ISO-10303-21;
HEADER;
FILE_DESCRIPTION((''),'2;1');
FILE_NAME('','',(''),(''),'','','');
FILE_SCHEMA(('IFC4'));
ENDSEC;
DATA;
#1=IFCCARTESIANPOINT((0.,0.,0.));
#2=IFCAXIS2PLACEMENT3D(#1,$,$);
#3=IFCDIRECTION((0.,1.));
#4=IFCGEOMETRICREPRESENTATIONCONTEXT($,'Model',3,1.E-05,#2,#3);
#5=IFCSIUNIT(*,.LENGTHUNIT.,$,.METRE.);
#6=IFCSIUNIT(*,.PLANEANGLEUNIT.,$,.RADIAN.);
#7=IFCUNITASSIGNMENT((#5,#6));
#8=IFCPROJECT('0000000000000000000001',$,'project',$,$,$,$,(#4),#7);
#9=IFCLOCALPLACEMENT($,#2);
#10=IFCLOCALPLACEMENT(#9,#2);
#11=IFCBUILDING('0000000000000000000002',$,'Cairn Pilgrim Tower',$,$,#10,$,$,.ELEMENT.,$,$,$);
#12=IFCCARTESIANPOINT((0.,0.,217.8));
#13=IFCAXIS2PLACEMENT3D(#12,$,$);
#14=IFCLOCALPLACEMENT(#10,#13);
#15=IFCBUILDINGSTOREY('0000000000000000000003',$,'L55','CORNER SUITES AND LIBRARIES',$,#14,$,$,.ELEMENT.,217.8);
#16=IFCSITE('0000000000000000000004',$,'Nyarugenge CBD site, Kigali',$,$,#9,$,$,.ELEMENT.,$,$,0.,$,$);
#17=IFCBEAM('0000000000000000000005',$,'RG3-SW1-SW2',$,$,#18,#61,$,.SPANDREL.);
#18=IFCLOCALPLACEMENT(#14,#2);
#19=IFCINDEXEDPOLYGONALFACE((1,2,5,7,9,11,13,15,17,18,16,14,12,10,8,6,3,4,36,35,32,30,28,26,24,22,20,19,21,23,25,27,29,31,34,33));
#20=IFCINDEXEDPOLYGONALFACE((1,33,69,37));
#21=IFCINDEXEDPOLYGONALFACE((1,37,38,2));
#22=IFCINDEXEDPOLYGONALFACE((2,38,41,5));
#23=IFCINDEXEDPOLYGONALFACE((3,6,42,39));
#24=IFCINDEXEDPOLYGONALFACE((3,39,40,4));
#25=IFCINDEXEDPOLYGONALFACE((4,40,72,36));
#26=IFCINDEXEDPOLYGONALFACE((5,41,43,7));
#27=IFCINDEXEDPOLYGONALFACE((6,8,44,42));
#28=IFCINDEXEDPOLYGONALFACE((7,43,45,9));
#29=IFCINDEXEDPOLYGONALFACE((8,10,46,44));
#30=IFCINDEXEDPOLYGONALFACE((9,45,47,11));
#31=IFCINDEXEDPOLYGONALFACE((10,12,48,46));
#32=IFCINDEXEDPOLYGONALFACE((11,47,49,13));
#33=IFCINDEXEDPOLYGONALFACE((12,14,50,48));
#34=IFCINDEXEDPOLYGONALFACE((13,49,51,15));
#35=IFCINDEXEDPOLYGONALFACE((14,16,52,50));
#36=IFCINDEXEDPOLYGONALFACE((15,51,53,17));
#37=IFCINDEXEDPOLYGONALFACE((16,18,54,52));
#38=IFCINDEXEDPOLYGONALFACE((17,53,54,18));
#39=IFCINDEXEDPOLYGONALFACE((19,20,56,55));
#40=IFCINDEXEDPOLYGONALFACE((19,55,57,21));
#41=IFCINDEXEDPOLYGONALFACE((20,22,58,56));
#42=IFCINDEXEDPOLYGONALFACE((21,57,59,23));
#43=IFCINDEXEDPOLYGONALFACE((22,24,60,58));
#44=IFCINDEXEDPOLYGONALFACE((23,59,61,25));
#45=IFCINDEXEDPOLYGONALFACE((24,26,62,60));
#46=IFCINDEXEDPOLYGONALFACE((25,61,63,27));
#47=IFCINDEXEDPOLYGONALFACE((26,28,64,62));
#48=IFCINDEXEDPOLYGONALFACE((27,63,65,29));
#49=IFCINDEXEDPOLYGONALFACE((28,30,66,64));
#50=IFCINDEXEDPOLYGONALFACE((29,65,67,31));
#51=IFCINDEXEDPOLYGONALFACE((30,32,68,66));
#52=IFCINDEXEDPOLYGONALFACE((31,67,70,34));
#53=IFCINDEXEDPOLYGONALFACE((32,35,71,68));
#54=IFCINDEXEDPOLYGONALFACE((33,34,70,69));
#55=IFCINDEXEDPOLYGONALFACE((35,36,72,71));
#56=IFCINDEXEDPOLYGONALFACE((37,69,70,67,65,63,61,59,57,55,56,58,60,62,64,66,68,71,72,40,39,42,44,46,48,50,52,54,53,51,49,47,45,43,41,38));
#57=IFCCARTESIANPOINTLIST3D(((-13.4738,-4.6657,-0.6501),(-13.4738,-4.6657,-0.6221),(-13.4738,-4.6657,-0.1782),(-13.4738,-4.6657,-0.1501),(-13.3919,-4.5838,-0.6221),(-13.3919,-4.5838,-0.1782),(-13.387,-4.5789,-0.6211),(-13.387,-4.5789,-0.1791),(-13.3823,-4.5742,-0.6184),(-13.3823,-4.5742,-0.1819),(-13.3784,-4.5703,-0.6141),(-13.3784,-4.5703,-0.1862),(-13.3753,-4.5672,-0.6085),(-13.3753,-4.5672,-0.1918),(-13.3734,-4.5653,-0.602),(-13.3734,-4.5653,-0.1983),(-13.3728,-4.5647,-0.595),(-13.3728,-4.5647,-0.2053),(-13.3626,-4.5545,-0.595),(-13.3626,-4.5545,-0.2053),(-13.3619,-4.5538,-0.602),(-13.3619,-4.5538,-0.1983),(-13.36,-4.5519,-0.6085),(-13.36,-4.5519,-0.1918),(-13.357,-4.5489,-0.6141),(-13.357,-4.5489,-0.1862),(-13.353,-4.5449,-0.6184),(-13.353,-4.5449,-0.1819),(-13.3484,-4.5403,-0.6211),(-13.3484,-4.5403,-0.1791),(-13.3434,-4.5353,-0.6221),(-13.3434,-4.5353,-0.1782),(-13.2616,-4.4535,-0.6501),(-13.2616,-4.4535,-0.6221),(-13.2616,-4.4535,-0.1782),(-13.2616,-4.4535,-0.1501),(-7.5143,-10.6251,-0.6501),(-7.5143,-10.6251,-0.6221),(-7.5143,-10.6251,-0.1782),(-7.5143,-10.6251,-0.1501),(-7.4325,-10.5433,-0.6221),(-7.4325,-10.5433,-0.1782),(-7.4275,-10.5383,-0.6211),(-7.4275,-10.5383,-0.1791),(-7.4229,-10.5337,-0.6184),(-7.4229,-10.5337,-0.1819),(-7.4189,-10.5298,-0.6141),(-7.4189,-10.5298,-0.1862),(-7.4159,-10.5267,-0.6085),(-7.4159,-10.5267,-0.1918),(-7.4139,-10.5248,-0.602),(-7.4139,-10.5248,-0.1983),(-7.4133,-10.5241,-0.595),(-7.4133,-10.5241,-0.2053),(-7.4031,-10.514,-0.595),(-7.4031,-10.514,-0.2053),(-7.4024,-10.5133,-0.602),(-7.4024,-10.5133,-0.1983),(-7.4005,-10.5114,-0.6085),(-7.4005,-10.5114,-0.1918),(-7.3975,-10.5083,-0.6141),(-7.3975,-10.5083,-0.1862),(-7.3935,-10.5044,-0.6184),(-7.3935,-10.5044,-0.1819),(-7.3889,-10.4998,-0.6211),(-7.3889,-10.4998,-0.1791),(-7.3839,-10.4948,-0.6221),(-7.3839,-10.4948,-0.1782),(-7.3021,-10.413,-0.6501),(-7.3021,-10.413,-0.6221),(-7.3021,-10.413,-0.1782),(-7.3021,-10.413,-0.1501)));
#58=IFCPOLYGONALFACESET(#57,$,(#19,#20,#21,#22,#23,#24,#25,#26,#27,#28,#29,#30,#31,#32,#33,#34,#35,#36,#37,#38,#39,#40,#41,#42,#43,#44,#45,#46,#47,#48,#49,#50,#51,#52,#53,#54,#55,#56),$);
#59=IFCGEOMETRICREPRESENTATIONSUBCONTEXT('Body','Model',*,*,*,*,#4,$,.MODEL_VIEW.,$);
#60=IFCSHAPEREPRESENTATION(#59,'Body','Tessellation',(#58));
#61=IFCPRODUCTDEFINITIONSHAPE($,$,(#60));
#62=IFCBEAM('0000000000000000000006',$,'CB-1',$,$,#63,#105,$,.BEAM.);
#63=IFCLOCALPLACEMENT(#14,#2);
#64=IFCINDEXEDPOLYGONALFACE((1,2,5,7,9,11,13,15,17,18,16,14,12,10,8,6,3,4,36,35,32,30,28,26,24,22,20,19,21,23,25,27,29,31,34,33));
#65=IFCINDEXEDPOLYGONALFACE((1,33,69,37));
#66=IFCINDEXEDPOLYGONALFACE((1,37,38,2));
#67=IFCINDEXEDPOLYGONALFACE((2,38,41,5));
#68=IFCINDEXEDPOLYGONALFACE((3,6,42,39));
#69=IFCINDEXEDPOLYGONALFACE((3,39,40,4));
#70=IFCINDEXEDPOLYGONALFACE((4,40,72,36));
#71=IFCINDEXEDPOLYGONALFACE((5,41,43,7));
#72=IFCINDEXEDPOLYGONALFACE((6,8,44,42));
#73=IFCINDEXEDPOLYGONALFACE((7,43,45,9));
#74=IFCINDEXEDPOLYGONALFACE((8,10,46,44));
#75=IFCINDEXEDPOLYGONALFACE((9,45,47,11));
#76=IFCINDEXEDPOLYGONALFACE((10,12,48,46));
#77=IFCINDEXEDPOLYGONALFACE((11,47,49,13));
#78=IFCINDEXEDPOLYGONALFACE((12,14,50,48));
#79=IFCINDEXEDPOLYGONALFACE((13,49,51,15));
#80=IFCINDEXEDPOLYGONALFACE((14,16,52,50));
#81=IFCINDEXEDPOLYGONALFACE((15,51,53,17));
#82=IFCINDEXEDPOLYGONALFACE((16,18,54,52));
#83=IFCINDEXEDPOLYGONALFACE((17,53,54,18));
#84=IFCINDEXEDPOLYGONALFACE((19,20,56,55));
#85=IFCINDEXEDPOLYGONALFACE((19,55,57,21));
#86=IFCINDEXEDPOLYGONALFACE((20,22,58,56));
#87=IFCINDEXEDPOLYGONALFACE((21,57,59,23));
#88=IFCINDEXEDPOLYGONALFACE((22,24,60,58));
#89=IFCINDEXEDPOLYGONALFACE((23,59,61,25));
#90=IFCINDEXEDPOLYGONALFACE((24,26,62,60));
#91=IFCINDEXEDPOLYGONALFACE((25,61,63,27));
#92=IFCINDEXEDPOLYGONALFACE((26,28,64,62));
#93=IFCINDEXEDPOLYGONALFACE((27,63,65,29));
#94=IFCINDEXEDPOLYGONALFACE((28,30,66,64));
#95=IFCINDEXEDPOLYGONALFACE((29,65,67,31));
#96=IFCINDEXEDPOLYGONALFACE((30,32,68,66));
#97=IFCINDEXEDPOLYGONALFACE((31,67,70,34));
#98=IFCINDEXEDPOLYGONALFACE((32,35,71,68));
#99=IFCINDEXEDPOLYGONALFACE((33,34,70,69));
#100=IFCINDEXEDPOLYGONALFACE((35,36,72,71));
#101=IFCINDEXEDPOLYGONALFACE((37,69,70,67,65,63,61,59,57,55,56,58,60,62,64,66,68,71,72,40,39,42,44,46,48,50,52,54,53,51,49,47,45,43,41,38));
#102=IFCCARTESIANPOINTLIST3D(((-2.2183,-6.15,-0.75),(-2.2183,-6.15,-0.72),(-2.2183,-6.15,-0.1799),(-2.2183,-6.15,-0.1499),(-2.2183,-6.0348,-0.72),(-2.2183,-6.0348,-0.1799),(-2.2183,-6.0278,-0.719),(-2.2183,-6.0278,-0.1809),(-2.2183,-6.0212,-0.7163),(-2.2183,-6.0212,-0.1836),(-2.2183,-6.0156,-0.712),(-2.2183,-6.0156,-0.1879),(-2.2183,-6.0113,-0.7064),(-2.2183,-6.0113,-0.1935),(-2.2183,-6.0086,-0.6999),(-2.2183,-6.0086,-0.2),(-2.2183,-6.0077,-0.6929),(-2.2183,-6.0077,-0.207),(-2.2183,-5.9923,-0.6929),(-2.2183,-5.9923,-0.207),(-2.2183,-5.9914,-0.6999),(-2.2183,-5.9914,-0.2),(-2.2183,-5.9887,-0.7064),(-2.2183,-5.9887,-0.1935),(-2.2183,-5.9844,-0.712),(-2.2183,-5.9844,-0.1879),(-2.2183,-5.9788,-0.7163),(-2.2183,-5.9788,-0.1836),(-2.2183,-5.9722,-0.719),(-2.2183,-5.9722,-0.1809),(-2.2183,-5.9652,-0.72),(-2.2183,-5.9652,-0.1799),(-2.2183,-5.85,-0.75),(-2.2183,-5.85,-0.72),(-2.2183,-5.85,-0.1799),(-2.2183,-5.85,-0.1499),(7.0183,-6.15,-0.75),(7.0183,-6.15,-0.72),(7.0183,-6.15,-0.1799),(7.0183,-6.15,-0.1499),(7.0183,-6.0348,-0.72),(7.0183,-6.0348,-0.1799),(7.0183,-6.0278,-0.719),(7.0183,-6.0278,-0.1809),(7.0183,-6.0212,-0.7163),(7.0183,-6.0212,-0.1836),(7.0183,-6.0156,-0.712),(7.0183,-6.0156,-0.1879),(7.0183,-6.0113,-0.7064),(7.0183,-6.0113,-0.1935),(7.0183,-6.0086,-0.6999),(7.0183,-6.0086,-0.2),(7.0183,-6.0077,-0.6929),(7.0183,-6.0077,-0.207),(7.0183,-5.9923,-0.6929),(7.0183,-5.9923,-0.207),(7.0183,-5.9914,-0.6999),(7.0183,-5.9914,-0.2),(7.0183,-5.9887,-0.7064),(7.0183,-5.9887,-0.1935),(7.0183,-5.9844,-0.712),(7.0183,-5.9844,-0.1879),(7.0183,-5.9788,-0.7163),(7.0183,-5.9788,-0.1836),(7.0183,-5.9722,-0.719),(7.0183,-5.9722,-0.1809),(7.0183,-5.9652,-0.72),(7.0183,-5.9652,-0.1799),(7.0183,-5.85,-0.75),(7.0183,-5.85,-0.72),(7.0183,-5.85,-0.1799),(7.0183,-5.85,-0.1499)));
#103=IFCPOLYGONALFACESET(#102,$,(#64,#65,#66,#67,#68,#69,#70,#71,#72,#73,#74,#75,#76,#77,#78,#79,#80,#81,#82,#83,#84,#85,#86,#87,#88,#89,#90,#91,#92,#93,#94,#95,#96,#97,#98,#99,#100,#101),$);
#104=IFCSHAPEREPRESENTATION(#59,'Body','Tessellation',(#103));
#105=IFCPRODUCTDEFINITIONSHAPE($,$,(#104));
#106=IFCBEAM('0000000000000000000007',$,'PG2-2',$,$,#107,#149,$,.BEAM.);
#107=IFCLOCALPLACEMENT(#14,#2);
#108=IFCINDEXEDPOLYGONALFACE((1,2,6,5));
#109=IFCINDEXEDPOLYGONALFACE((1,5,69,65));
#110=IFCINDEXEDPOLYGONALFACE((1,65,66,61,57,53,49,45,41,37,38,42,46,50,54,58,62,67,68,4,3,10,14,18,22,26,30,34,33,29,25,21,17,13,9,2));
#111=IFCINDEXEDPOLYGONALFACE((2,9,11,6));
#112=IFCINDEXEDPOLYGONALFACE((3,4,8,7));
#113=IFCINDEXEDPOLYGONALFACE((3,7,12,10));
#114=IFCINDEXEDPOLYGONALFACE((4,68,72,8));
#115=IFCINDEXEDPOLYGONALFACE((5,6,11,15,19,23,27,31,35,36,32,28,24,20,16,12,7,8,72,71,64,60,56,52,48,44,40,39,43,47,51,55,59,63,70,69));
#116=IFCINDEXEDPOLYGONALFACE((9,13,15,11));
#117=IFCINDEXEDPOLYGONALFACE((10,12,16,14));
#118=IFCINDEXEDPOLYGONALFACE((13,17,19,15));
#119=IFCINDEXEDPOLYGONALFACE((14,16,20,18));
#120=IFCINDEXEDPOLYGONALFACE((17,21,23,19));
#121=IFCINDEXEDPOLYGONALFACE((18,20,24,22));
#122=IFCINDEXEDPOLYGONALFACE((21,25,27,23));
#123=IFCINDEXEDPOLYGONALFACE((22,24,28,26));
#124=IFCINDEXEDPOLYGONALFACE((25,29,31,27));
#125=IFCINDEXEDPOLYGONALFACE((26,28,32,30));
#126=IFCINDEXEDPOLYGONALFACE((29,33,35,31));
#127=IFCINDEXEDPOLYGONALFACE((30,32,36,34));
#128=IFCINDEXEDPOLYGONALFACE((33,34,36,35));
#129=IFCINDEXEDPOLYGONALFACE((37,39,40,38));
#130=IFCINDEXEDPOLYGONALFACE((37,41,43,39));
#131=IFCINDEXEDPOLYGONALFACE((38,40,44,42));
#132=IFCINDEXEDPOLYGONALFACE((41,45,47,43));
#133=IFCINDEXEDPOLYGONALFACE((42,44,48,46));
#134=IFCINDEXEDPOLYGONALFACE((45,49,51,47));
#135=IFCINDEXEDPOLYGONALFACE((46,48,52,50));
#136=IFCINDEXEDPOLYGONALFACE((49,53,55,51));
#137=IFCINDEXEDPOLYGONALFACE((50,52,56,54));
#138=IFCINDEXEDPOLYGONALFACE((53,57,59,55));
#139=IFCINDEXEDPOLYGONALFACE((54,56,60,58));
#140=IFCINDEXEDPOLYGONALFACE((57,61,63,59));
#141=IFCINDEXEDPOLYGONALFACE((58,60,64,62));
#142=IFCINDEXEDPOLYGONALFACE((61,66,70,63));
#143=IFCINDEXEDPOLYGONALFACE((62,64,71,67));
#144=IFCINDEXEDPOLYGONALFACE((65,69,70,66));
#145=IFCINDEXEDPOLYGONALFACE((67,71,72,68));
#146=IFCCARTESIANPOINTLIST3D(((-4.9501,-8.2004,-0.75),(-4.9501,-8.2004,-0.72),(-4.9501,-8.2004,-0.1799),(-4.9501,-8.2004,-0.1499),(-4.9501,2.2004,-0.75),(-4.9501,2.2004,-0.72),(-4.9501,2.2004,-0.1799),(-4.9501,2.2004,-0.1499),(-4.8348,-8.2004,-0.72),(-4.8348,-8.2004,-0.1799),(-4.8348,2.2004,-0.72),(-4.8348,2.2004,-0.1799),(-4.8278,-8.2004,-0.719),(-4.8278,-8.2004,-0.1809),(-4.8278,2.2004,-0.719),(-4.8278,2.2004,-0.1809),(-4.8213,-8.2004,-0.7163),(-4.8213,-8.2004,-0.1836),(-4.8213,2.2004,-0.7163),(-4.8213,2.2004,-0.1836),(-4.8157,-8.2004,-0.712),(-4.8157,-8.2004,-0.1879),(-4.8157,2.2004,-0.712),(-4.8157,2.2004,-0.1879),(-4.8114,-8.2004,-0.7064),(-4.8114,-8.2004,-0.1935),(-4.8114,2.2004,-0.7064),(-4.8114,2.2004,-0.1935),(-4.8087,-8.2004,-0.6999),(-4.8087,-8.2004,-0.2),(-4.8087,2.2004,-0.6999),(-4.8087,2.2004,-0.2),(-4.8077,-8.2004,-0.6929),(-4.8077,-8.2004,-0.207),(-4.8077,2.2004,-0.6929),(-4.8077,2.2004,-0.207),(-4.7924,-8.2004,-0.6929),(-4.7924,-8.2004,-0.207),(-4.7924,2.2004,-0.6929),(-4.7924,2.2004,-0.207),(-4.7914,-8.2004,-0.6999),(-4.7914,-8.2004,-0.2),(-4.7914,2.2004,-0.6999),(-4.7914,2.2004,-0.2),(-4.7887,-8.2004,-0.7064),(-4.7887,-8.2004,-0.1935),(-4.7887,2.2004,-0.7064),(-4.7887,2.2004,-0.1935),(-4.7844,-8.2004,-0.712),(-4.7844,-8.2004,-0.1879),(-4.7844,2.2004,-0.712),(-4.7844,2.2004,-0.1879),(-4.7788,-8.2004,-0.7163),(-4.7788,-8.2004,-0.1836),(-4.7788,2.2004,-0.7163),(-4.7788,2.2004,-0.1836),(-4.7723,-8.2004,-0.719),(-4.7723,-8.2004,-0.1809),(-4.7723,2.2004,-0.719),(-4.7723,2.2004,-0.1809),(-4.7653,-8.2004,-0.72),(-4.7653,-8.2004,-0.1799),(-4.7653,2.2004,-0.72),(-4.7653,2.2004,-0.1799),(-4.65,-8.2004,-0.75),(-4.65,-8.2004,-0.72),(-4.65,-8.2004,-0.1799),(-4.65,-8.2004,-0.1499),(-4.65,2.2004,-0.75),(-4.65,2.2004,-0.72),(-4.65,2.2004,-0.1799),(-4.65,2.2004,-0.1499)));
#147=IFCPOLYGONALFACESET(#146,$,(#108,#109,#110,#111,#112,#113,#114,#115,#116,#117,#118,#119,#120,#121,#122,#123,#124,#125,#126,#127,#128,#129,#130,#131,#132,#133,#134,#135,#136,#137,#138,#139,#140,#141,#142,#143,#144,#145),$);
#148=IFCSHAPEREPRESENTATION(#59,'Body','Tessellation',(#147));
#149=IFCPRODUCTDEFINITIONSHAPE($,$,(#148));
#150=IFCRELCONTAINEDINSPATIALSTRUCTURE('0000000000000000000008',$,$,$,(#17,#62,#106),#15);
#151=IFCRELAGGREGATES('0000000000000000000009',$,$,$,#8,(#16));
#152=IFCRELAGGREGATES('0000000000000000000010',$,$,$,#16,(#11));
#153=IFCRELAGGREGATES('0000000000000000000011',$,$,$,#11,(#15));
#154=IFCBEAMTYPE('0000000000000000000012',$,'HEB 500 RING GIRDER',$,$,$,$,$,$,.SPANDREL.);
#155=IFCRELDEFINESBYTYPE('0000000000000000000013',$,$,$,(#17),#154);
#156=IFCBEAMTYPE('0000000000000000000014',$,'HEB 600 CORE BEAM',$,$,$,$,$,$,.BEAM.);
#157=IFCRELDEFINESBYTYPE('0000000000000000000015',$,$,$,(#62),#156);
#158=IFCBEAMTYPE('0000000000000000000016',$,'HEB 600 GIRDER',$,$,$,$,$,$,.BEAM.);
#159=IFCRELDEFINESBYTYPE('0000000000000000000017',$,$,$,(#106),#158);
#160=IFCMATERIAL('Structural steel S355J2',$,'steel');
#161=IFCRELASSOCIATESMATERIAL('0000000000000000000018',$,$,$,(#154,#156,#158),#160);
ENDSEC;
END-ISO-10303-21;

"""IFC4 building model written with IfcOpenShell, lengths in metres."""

from ifc_helpers import new_model, si_unit, direction, frame, origin, origin_2d, place, context, subcontext, project, spatial, i_section, extrude, material, material_profile, profile_set, type_object, element, save


model = new_model("IFC4")

# Units and contexts
model_context = context("Model", 3, precision=1e-05, world=origin(), true_north=direction((0.0, 1.0)))
body_context = subcontext(model_context, "Body", "Model", "MODEL_VIEW")
ifc_project = project(units=[si_unit("LENGTHUNIT", "METRE"), si_unit("PLANEANGLEUNIT", "RADIAN")], contexts=[model_context])

# Site, building, storey
site_placement = place(None, origin())
site = spatial("IfcSite", under=ifc_project, at=site_placement, Name="Nyarugenge CBD site, Kigali", CompositionType="ELEMENT", RefElevation=0.0)
building_placement = place(site_placement, origin())
building = spatial("IfcBuilding", under=site, at=building_placement, Name="Cairn Pilgrim Tower", CompositionType="ELEMENT")
storey_placement = place(building_placement, frame((0.0, 0.0, 217.8)))
storey = spatial("IfcBuildingStorey", under=building, at=storey_placement, Name="L55", Description="CORNER SUITES AND LIBRARIES", CompositionType="ELEMENT", Elevation=217.8)

# Shared definitions
ifc_material_1 = material(Name="Structural steel S355J2", Category="steel")

# Beams
ifc_material_profile_1 = material_profile(ifc_material_1, i_section(OverallWidth=0.3, OverallDepth=0.5, WebThickness=0.0144, FlangeThickness=0.0281, FilletRadius=0.0271, at=origin_2d()), Name="HEB 500")
ifc_profile_set_1 = profile_set([ifc_material_profile_1], Name="Structural steel S355J2")
beam_type_1 = type_object("IfcBeamType", Name="HEB 500 RING GIRDER", PredefinedType="SPANDREL", material=ifc_profile_set_1)
beam_1_placement = place(storey_placement, frame((-13.3677, -4.5596, -0.4001), z_axis=(0.707107, -0.707107, 0.0), x_axis=(0.707107, 0.707107, 0.0)))
element("IfcBeam", 1, at=beam_1_placement, inside=storey, type_object=beam_type_1, Name="RG3-SW1-SW2", PredefinedType="SPANDREL", context=body_context, shape_type="SweptSolid", body=[
    extrude(i_section(OverallWidth=0.3, OverallDepth=0.5, WebThickness=0.0144, FlangeThickness=0.0281, FilletRadius=0.0271, at=origin_2d()), origin(), (0.0, 0.0, 1.0), 8.428),
])
ifc_material_profile_2 = material_profile(ifc_material_1, i_section(OverallWidth=0.3, OverallDepth=0.6001, WebThickness=0.0154, FlangeThickness=0.03, FilletRadius=0.0271, at=origin_2d()), Name="HEB 600")
ifc_profile_set_2 = profile_set([ifc_material_profile_2], Name="Structural steel S355J2")
beam_type_2 = type_object("IfcBeamType", Name="HEB 600 CORE BEAM", PredefinedType="BEAM", material=ifc_profile_set_2)
beam_2_placement = place(storey_placement, frame((-2.2183, -6.0, -0.45), z_axis=(1.0, 0.0, 0.0), x_axis=(0.0, 1.0, 0.0)))
element("IfcBeam", 2, at=beam_2_placement, inside=storey, type_object=beam_type_2, Name="CB-1", PredefinedType="BEAM", context=body_context, shape_type="SweptSolid", body=[
    extrude(i_section(OverallWidth=0.3, OverallDepth=0.6001, WebThickness=0.0154, FlangeThickness=0.03, FilletRadius=0.0271, at=origin_2d()), origin(), (0.0, 0.0, 1.0), 9.2366),
])
ifc_material_profile_3 = material_profile(ifc_material_1, i_section(OverallWidth=0.3, OverallDepth=0.6001, WebThickness=0.0154, FlangeThickness=0.03, FilletRadius=0.0271, at=origin_2d()), Name="HEB 600")
ifc_profile_set_3 = profile_set([ifc_material_profile_3], Name="Structural steel S355J2")
beam_type_3 = type_object("IfcBeamType", Name="HEB 600 GIRDER", PredefinedType="BEAM", material=ifc_profile_set_3)
beam_3_placement = place(storey_placement, frame((-4.8, -8.2004, -0.45), z_axis=(0.0, 1.0, 0.0), x_axis=(-1.0, 0.0, 0.0)))
element("IfcBeam", 3, at=beam_3_placement, inside=storey, type_object=beam_type_3, Name="PG2-2", PredefinedType="BEAM", context=body_context, shape_type="SweptSolid", body=[
    extrude(i_section(OverallWidth=0.3, OverallDepth=0.6001, WebThickness=0.0154, FlangeThickness=0.03, FilletRadius=0.0271, at=origin_2d()), origin(), (0.0, 0.0, 1.0), 10.4009),
])

save(model, "model.ifc")
